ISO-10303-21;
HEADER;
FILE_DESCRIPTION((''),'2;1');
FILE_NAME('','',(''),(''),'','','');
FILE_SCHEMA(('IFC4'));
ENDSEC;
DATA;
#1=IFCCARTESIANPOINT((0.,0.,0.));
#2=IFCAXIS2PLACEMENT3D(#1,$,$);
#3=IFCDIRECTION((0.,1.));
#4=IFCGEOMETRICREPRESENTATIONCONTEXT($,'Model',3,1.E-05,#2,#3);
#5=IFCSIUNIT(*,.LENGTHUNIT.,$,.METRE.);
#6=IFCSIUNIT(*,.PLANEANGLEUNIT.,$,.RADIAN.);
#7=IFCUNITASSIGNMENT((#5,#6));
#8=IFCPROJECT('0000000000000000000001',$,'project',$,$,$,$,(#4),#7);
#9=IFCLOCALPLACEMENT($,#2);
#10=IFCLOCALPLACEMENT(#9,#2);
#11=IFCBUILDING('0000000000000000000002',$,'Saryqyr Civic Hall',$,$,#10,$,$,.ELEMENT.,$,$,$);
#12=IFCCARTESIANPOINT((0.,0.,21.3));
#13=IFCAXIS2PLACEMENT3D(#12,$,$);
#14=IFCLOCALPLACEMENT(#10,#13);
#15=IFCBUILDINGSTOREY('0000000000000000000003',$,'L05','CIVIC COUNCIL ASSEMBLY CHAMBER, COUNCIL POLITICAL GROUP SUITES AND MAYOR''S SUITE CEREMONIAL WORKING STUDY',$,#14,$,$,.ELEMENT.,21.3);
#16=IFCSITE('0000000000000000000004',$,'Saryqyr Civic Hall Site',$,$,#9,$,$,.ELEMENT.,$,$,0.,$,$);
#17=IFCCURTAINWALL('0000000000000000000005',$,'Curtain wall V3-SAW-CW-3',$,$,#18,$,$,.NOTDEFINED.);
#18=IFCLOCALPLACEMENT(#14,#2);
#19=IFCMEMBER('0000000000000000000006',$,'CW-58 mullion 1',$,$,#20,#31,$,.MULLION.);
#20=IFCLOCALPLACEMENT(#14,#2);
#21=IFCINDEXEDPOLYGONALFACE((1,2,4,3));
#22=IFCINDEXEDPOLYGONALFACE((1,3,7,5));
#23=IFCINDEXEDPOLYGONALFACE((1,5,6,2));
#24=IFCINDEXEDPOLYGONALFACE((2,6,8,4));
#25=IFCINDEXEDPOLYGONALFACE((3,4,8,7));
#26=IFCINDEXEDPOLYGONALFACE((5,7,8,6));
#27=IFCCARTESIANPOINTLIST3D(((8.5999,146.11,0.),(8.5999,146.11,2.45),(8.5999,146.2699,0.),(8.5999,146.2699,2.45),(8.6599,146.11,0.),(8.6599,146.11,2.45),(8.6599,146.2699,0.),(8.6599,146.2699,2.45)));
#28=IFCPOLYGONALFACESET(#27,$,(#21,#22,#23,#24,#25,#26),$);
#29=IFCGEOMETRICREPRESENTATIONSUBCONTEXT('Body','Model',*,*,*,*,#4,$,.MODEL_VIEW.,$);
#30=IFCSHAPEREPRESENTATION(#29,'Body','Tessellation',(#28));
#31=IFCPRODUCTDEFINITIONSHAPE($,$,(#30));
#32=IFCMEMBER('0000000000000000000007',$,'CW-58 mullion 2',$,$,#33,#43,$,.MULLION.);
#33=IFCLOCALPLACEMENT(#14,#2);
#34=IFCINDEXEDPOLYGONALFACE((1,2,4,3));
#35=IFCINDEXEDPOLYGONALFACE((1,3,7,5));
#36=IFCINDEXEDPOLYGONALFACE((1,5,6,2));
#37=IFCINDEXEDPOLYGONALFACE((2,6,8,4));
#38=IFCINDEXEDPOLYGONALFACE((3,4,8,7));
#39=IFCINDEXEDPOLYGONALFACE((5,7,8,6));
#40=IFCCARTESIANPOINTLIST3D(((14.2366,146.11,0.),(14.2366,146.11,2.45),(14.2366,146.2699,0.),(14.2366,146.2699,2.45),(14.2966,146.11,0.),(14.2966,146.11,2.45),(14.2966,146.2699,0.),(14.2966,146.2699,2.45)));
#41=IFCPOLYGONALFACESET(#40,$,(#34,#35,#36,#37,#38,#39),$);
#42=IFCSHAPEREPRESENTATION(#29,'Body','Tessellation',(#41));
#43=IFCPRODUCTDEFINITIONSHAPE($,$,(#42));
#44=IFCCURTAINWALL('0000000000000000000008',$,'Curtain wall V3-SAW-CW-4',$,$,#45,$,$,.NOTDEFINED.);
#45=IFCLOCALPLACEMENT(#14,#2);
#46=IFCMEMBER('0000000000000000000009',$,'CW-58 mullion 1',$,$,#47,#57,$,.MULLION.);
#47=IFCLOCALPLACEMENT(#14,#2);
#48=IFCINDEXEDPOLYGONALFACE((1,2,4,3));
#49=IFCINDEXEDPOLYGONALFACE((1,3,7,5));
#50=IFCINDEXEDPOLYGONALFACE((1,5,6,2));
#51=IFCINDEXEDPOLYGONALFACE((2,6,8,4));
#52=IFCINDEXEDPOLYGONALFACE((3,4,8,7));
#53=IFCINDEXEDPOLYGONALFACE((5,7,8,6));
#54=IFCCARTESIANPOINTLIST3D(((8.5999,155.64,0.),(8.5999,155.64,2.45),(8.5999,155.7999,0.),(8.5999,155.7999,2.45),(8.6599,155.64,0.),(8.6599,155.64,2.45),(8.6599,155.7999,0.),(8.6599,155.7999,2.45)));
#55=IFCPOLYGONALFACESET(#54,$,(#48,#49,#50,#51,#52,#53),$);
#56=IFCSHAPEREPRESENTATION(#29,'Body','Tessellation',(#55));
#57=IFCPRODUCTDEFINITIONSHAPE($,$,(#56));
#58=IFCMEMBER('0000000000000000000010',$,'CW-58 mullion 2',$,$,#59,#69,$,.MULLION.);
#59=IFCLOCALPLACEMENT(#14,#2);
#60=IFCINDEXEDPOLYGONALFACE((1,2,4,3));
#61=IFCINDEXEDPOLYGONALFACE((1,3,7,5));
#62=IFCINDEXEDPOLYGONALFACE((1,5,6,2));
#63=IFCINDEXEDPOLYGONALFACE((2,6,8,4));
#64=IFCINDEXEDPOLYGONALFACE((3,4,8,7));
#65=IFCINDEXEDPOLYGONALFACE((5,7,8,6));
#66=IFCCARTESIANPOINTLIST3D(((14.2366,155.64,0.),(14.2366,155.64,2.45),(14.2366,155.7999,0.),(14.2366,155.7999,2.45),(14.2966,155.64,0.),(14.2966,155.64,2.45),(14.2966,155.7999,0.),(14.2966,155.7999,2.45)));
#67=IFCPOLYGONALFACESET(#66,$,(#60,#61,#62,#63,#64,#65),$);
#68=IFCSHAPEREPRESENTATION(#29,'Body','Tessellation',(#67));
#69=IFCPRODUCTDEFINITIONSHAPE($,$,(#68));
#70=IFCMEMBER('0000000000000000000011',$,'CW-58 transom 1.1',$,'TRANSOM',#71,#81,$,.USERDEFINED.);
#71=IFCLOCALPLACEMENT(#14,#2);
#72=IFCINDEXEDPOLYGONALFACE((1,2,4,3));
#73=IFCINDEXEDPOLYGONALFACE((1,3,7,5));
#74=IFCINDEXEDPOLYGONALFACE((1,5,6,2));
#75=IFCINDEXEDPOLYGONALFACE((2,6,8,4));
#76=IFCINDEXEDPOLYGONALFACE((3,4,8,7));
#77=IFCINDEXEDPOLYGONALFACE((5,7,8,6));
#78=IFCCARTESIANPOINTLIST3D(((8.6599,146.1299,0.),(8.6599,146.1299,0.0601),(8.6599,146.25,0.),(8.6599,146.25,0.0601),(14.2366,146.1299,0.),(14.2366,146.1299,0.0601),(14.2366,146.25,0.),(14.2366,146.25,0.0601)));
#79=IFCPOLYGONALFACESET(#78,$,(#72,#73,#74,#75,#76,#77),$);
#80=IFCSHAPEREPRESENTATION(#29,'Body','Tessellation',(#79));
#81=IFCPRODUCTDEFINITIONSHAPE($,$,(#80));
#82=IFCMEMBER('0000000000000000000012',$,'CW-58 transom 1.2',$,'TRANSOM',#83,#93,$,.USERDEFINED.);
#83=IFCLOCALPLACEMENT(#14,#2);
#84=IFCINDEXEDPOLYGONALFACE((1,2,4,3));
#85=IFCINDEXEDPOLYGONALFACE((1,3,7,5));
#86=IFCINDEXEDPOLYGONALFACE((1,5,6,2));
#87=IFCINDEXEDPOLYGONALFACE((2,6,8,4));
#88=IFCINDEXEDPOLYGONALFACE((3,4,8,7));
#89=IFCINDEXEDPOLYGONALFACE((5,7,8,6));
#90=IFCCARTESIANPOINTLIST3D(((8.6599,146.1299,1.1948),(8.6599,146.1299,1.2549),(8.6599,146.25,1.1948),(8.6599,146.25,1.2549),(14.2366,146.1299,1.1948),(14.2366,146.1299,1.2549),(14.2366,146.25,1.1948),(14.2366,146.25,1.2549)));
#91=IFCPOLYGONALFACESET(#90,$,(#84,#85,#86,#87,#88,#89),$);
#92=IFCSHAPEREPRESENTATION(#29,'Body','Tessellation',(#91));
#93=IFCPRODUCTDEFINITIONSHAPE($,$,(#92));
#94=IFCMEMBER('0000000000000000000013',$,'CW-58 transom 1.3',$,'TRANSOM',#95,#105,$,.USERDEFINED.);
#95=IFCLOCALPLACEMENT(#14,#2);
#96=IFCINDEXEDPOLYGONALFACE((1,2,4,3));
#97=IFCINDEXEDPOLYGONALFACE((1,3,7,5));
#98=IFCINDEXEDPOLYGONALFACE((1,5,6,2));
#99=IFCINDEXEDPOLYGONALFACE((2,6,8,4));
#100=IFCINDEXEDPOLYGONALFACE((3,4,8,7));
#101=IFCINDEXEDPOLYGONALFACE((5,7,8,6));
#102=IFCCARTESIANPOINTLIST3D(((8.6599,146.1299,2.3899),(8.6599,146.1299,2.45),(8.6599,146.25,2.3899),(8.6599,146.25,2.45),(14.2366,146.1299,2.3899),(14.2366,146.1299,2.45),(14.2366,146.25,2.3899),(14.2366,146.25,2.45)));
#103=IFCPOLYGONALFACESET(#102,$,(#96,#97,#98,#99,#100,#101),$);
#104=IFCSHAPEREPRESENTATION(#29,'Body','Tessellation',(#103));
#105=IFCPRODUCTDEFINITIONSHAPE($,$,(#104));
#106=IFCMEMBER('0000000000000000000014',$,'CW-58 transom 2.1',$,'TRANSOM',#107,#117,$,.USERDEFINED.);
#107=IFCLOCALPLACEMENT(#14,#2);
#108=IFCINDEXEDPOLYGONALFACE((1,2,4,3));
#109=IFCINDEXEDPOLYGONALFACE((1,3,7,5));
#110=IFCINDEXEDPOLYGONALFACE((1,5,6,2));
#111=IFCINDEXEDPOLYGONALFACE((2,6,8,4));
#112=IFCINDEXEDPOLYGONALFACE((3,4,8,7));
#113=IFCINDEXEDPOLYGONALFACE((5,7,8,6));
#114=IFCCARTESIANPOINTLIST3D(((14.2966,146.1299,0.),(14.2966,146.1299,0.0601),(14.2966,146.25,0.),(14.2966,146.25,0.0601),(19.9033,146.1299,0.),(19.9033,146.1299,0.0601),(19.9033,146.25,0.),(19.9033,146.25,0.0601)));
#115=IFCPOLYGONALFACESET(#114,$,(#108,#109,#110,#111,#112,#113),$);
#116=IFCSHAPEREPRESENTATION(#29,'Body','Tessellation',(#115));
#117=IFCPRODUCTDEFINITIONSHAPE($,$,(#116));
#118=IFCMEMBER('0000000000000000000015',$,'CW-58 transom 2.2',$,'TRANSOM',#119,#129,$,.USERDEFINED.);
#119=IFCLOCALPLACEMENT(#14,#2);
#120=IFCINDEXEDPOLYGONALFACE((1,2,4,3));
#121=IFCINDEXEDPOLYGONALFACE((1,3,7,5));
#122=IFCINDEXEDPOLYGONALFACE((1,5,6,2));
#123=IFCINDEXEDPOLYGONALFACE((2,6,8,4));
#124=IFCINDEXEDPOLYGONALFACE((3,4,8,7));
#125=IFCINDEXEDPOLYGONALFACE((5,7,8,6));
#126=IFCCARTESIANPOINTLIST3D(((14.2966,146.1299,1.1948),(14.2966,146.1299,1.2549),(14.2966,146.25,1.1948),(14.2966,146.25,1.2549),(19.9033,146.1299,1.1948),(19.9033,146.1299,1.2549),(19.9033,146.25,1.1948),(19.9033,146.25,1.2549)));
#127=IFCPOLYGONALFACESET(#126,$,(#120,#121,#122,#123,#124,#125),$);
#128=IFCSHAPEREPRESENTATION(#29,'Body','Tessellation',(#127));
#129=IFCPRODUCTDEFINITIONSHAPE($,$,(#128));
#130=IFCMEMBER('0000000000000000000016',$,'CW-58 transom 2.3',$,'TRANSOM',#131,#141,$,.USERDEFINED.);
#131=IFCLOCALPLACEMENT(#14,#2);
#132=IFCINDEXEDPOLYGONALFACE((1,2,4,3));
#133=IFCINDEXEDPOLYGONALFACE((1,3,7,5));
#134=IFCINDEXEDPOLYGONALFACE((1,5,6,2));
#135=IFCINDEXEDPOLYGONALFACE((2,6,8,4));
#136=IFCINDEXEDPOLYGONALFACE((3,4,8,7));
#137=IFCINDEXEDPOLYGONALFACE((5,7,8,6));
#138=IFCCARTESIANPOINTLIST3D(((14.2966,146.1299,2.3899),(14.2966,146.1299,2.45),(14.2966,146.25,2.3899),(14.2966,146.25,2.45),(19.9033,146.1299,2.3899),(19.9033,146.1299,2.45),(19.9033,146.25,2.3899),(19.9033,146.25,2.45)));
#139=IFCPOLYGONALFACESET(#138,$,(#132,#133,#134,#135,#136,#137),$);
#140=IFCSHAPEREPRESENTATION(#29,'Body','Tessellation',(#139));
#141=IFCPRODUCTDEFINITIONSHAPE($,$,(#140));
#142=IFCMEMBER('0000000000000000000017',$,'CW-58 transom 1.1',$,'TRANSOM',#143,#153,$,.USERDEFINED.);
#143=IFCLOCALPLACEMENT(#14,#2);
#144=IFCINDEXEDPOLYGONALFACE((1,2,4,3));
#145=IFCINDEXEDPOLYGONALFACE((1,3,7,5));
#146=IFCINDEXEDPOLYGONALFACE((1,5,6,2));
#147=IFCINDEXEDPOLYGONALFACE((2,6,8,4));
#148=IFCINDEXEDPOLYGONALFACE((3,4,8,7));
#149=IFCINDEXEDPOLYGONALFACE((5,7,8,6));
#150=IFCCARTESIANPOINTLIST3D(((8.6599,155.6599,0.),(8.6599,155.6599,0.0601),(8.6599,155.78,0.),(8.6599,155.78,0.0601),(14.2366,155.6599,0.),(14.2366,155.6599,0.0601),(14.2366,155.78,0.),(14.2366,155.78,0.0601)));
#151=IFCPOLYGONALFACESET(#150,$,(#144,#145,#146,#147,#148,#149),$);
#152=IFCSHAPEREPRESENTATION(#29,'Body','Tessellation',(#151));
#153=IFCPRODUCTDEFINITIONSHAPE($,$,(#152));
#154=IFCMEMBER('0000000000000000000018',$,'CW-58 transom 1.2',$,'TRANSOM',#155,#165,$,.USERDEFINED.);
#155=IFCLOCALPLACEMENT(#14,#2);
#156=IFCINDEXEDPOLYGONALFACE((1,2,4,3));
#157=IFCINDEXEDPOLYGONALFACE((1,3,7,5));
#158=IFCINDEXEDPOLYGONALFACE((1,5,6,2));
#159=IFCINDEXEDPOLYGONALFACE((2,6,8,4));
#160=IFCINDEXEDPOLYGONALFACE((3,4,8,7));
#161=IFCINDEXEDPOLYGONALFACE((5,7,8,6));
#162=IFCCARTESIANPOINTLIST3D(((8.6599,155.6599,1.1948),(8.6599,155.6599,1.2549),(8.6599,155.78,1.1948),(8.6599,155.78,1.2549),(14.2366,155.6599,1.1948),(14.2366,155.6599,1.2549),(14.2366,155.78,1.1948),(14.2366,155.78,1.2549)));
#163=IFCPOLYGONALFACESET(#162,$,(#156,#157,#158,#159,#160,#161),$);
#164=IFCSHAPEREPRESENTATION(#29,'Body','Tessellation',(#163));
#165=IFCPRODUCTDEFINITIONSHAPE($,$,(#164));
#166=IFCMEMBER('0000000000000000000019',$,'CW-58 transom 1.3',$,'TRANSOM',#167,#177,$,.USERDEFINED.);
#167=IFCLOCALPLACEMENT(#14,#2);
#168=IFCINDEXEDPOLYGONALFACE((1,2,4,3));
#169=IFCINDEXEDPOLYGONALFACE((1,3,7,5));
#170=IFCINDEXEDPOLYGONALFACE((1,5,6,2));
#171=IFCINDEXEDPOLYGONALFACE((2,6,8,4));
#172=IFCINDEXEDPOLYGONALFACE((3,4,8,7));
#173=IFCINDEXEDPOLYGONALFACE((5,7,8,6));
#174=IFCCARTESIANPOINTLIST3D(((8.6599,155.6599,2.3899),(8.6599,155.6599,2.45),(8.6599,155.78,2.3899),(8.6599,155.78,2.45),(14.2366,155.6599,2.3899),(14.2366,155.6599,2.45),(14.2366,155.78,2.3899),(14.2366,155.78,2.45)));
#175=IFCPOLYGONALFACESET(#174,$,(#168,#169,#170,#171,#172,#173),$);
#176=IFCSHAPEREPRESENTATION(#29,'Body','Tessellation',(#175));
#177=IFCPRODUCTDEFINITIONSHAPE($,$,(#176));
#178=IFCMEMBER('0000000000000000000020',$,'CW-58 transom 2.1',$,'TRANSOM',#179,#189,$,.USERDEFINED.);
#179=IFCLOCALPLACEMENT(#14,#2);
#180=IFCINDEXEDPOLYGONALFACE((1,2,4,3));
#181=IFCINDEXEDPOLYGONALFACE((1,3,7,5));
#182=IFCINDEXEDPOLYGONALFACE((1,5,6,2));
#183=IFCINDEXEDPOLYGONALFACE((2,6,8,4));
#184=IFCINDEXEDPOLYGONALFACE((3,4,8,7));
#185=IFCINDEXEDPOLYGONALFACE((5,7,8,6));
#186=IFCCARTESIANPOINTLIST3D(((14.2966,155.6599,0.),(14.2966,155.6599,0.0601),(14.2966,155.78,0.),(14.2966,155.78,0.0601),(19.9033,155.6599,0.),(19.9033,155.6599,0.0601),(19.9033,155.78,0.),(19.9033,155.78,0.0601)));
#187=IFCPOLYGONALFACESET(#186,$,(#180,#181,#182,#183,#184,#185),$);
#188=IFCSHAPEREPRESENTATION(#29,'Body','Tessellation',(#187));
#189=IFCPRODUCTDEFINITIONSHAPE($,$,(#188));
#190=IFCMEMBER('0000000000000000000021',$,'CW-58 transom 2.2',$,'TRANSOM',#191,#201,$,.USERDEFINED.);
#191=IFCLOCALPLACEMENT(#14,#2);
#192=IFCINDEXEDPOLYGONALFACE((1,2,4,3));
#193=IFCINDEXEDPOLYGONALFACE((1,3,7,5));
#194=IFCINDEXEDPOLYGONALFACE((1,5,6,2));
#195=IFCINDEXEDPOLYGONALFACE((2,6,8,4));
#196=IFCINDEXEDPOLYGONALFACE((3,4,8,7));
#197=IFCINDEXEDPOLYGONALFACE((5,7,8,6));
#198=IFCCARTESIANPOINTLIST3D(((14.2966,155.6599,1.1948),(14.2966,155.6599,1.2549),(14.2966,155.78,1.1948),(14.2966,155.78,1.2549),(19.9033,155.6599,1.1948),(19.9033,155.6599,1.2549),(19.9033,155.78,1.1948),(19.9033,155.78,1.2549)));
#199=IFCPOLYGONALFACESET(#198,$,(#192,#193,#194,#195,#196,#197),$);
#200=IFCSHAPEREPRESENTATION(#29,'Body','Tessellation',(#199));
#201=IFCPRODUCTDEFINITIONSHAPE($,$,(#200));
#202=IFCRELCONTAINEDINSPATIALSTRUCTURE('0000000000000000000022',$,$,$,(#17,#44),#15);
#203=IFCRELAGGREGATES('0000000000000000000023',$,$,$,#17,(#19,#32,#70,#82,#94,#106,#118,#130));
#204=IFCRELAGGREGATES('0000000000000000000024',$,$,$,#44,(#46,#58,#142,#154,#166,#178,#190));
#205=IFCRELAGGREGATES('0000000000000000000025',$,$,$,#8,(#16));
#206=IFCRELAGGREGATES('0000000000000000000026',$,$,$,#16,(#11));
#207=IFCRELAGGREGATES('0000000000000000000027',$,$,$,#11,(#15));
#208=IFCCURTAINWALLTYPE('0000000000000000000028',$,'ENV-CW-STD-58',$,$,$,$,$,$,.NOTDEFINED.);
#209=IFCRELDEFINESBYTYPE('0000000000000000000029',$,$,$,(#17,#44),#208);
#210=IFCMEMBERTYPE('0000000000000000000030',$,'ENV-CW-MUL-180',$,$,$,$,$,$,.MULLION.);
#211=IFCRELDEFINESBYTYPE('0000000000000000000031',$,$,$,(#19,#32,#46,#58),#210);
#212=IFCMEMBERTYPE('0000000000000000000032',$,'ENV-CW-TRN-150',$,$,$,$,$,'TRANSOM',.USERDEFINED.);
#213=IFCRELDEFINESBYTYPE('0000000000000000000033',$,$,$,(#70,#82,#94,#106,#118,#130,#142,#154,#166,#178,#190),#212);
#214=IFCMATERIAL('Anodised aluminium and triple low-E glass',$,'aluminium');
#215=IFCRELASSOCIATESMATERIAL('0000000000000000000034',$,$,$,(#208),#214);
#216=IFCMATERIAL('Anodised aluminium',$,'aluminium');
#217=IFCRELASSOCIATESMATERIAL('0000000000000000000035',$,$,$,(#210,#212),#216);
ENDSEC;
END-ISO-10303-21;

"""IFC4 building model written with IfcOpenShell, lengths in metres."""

from ifc_helpers import new_model, si_unit, direction, frame, origin, origin_2d, place, context, subcontext, project, spatial, rectangle, extrude, material, material_profile, profile_set, type_object, element, aggregate, save


model = new_model("IFC4")

# Units and contexts
model_context = context("Model", 3, precision=1e-05, world=origin(), true_north=direction((0.0, 1.0)))
body_context = subcontext(model_context, "Body", "Model", "MODEL_VIEW")
ifc_project = project(units=[si_unit("LENGTHUNIT", "METRE"), si_unit("PLANEANGLEUNIT", "RADIAN")], contexts=[model_context])

# Site, building, storey
site_placement = place(None, origin())
site = spatial("IfcSite", under=ifc_project, at=site_placement, Name="Saryqyr Civic Hall Site", CompositionType="ELEMENT", RefElevation=0.0)
building_placement = place(site_placement, origin())
building = spatial("IfcBuilding", under=site, at=building_placement, Name="Saryqyr Civic Hall", CompositionType="ELEMENT")
storey_placement = place(building_placement, frame((0.0, 0.0, 21.3)))
storey = spatial("IfcBuildingStorey", under=building, at=storey_placement, Name="L05", Description="CIVIC COUNCIL ASSEMBLY CHAMBER, COUNCIL POLITICAL GROUP SUITES AND MAYOR'S SUITE CEREMONIAL WORKING STUDY", CompositionType="ELEMENT", Elevation=21.3)

# Curtain walls, members
ifc_material_1 = material(Name="Anodised aluminium and triple low-E glass", Category="aluminium")
curtain_wall_type = type_object("IfcCurtainWallType", Name="ENV-CW-STD-58", PredefinedType="NOTDEFINED", material=ifc_material_1)
curtain_wall_1_placement = place(storey_placement, origin())
curtain_wall_1 = element("IfcCurtainWall", 1, at=curtain_wall_1_placement, inside=storey, type_object=curtain_wall_type, Name="Curtain wall V3-SAW-CW-3", PredefinedType="NOTDEFINED")
ifc_material_2 = material(Name="Anodised aluminium", Category="aluminium")
ifc_material_profile_1 = material_profile(ifc_material_2, rectangle(XDim=0.0601, YDim=0.1599, at=origin_2d()), Name="ALU MULLION 60x160")
ifc_profile_set_1 = profile_set([ifc_material_profile_1], Name="Anodised aluminium")
member_type_1 = type_object("IfcMemberType", Name="ENV-CW-MUL-180", PredefinedType="MULLION", material=ifc_profile_set_1)
member_1_placement = place(storey_placement, frame((8.6299, 146.1899, 0.0), z_axis=(0.0, 0.0, 1.0), x_axis=(1.0, 0.0, 0.0)))
member_1 = element("IfcMember", 2, at=member_1_placement, type_object=member_type_1, Name="CW-58 mullion 1", PredefinedType="MULLION", context=body_context, shape_type="SweptSolid", body=[
    extrude(rectangle(XDim=0.0601, YDim=0.1599, at=origin_2d()), origin(), (0.0, 0.0, 1.0), 2.45),
])
member_2_placement = place(storey_placement, frame((14.2666, 146.1899, 0.0), z_axis=(0.0, 0.0, 1.0), x_axis=(1.0, 0.0, 0.0)))
member_2 = element("IfcMember", 3, at=member_2_placement, type_object=member_type_1, Name="CW-58 mullion 2", PredefinedType="MULLION", context=body_context, shape_type="SweptSolid", body=[
    extrude(rectangle(XDim=0.0601, YDim=0.1599, at=origin_2d()), origin(), (0.0, 0.0, 1.0), 2.45),
])
curtain_wall_2_placement = place(storey_placement, origin())
curtain_wall_2 = element("IfcCurtainWall", 4, at=curtain_wall_2_placement, inside=storey, type_object=curtain_wall_type, Name="Curtain wall V3-SAW-CW-4", PredefinedType="NOTDEFINED")
member_3_placement = place(storey_placement, frame((8.6299, 155.72, 0.0), z_axis=(0.0, 0.0, 1.0), x_axis=(1.0, 0.0, 0.0)))
member_3 = element("IfcMember", 5, at=member_3_placement, type_object=member_type_1, Name="CW-58 mullion 1", PredefinedType="MULLION", context=body_context, shape_type="SweptSolid", body=[
    extrude(rectangle(XDim=0.0601, YDim=0.1599, at=origin_2d()), origin(), (0.0, 0.0, 1.0), 2.45),
])
member_4_placement = place(storey_placement, frame((14.2666, 155.72, 0.0), z_axis=(0.0, 0.0, 1.0), x_axis=(1.0, 0.0, 0.0)))
member_4 = element("IfcMember", 6, at=member_4_placement, type_object=member_type_1, Name="CW-58 mullion 2", PredefinedType="MULLION", context=body_context, shape_type="SweptSolid", body=[
    extrude(rectangle(XDim=0.0601, YDim=0.1599, at=origin_2d()), origin(), (0.0, 0.0, 1.0), 2.45),
])

# Members
ifc_material_profile_2 = material_profile(ifc_material_2, rectangle(XDim=0.1201, YDim=0.0601, at=origin_2d()), Name="ALU TRANSOM 120x60")
ifc_profile_set_2 = profile_set([ifc_material_profile_2], Name="Anodised aluminium")
member_type_2 = type_object("IfcMemberType", Name="ENV-CW-TRN-150", ElementType="TRANSOM", PredefinedType="USERDEFINED", material=ifc_profile_set_2)
member_5_placement = place(storey_placement, frame((8.6599, 146.1899, 0.03), z_axis=(1.0, 0.0, 0.0), x_axis=(0.0, 1.0, 0.0)))
member_5 = element("IfcMember", 7, at=member_5_placement, type_object=member_type_2, Name="CW-58 transom 1.1", ObjectType="TRANSOM", PredefinedType="USERDEFINED", context=body_context, shape_type="SweptSolid", body=[
    extrude(rectangle(XDim=0.1201, YDim=0.0601, at=origin_2d()), origin(), (0.0, 0.0, 1.0), 5.5767),
])
member_6_placement = place(storey_placement, frame((8.6599, 146.1899, 1.2249), z_axis=(1.0, 0.0, 0.0), x_axis=(0.0, 1.0, 0.0)))
member_6 = element("IfcMember", 8, at=member_6_placement, type_object=member_type_2, Name="CW-58 transom 1.2", ObjectType="TRANSOM", PredefinedType="USERDEFINED", context=body_context, shape_type="SweptSolid", body=[
    extrude(rectangle(XDim=0.1201, YDim=0.0601, at=origin_2d()), origin(), (0.0, 0.0, 1.0), 5.5767),
])
member_7_placement = place(storey_placement, frame((8.6599, 146.1899, 2.4199), z_axis=(1.0, 0.0, 0.0), x_axis=(0.0, 1.0, 0.0)))
member_7 = element("IfcMember", 9, at=member_7_placement, type_object=member_type_2, Name="CW-58 transom 1.3", ObjectType="TRANSOM", PredefinedType="USERDEFINED", context=body_context, shape_type="SweptSolid", body=[
    extrude(rectangle(XDim=0.1201, YDim=0.0601, at=origin_2d()), origin(), (0.0, 0.0, 1.0), 5.5767),
])
member_8_placement = place(storey_placement, frame((14.2966, 146.1899, 0.03), z_axis=(1.0, 0.0, 0.0), x_axis=(0.0, 1.0, 0.0)))
member_8 = element("IfcMember", 10, at=member_8_placement, type_object=member_type_2, Name="CW-58 transom 2.1", ObjectType="TRANSOM", PredefinedType="USERDEFINED", context=body_context, shape_type="SweptSolid", body=[
    extrude(rectangle(XDim=0.1201, YDim=0.0601, at=origin_2d()), origin(), (0.0, 0.0, 1.0), 5.6067),
])
member_9_placement = place(storey_placement, frame((14.2966, 146.1899, 1.2249), z_axis=(1.0, 0.0, 0.0), x_axis=(0.0, 1.0, 0.0)))
member_9 = element("IfcMember", 11, at=member_9_placement, type_object=member_type_2, Name="CW-58 transom 2.2", ObjectType="TRANSOM", PredefinedType="USERDEFINED", context=body_context, shape_type="SweptSolid", body=[
    extrude(rectangle(XDim=0.1201, YDim=0.0601, at=origin_2d()), origin(), (0.0, 0.0, 1.0), 5.6067),
])
member_10_placement = place(storey_placement, frame((14.2966, 146.1899, 2.4199), z_axis=(1.0, 0.0, 0.0), x_axis=(0.0, 1.0, 0.0)))
member_10 = element("IfcMember", 12, at=member_10_placement, type_object=member_type_2, Name="CW-58 transom 2.3", ObjectType="TRANSOM", PredefinedType="USERDEFINED", context=body_context, shape_type="SweptSolid", body=[
    extrude(rectangle(XDim=0.1201, YDim=0.0601, at=origin_2d()), origin(), (0.0, 0.0, 1.0), 5.6067),
])
member_11_placement = place(storey_placement, frame((8.6599, 155.72, 0.03), z_axis=(1.0, 0.0, 0.0), x_axis=(0.0, 1.0, 0.0)))
member_11 = element("IfcMember", 13, at=member_11_placement, type_object=member_type_2, Name="CW-58 transom 1.1", ObjectType="TRANSOM", PredefinedType="USERDEFINED", context=body_context, shape_type="SweptSolid", body=[
    extrude(rectangle(XDim=0.1201, YDim=0.0601, at=origin_2d()), origin(), (0.0, 0.0, 1.0), 5.5767),
])
member_12_placement = place(storey_placement, frame((8.6599, 155.72, 1.2249), z_axis=(1.0, 0.0, 0.0), x_axis=(0.0, 1.0, 0.0)))
member_12 = element("IfcMember", 14, at=member_12_placement, type_object=member_type_2, Name="CW-58 transom 1.2", ObjectType="TRANSOM", PredefinedType="USERDEFINED", context=body_context, shape_type="SweptSolid", body=[
    extrude(rectangle(XDim=0.1201, YDim=0.0601, at=origin_2d()), origin(), (0.0, 0.0, 1.0), 5.5767),
])
member_13_placement = place(storey_placement, frame((8.6599, 155.72, 2.4199), z_axis=(1.0, 0.0, 0.0), x_axis=(0.0, 1.0, 0.0)))
member_13 = element("IfcMember", 15, at=member_13_placement, type_object=member_type_2, Name="CW-58 transom 1.3", ObjectType="TRANSOM", PredefinedType="USERDEFINED", context=body_context, shape_type="SweptSolid", body=[
    extrude(rectangle(XDim=0.1201, YDim=0.0601, at=origin_2d()), origin(), (0.0, 0.0, 1.0), 5.5767),
])
member_14_placement = place(storey_placement, frame((14.2966, 155.72, 0.03), z_axis=(1.0, 0.0, 0.0), x_axis=(0.0, 1.0, 0.0)))
member_14 = element("IfcMember", 16, at=member_14_placement, type_object=member_type_2, Name="CW-58 transom 2.1", ObjectType="TRANSOM", PredefinedType="USERDEFINED", context=body_context, shape_type="SweptSolid", body=[
    extrude(rectangle(XDim=0.1201, YDim=0.0601, at=origin_2d()), origin(), (0.0, 0.0, 1.0), 5.6067),
])
member_15_placement = place(storey_placement, frame((14.2966, 155.72, 1.2249), z_axis=(1.0, 0.0, 0.0), x_axis=(0.0, 1.0, 0.0)))
member_15 = element("IfcMember", 17, at=member_15_placement, type_object=member_type_2, Name="CW-58 transom 2.2", ObjectType="TRANSOM", PredefinedType="USERDEFINED", context=body_context, shape_type="SweptSolid", body=[
    extrude(rectangle(XDim=0.1201, YDim=0.0601, at=origin_2d()), origin(), (0.0, 0.0, 1.0), 5.6067),
])

aggregate(curtain_wall_1, [member_1, member_2, member_5, member_6, member_7, member_8, member_9, member_10])
aggregate(curtain_wall_2, [member_3, member_4, member_11, member_12, member_13, member_14, member_15])

save(model, "model.ifc")
